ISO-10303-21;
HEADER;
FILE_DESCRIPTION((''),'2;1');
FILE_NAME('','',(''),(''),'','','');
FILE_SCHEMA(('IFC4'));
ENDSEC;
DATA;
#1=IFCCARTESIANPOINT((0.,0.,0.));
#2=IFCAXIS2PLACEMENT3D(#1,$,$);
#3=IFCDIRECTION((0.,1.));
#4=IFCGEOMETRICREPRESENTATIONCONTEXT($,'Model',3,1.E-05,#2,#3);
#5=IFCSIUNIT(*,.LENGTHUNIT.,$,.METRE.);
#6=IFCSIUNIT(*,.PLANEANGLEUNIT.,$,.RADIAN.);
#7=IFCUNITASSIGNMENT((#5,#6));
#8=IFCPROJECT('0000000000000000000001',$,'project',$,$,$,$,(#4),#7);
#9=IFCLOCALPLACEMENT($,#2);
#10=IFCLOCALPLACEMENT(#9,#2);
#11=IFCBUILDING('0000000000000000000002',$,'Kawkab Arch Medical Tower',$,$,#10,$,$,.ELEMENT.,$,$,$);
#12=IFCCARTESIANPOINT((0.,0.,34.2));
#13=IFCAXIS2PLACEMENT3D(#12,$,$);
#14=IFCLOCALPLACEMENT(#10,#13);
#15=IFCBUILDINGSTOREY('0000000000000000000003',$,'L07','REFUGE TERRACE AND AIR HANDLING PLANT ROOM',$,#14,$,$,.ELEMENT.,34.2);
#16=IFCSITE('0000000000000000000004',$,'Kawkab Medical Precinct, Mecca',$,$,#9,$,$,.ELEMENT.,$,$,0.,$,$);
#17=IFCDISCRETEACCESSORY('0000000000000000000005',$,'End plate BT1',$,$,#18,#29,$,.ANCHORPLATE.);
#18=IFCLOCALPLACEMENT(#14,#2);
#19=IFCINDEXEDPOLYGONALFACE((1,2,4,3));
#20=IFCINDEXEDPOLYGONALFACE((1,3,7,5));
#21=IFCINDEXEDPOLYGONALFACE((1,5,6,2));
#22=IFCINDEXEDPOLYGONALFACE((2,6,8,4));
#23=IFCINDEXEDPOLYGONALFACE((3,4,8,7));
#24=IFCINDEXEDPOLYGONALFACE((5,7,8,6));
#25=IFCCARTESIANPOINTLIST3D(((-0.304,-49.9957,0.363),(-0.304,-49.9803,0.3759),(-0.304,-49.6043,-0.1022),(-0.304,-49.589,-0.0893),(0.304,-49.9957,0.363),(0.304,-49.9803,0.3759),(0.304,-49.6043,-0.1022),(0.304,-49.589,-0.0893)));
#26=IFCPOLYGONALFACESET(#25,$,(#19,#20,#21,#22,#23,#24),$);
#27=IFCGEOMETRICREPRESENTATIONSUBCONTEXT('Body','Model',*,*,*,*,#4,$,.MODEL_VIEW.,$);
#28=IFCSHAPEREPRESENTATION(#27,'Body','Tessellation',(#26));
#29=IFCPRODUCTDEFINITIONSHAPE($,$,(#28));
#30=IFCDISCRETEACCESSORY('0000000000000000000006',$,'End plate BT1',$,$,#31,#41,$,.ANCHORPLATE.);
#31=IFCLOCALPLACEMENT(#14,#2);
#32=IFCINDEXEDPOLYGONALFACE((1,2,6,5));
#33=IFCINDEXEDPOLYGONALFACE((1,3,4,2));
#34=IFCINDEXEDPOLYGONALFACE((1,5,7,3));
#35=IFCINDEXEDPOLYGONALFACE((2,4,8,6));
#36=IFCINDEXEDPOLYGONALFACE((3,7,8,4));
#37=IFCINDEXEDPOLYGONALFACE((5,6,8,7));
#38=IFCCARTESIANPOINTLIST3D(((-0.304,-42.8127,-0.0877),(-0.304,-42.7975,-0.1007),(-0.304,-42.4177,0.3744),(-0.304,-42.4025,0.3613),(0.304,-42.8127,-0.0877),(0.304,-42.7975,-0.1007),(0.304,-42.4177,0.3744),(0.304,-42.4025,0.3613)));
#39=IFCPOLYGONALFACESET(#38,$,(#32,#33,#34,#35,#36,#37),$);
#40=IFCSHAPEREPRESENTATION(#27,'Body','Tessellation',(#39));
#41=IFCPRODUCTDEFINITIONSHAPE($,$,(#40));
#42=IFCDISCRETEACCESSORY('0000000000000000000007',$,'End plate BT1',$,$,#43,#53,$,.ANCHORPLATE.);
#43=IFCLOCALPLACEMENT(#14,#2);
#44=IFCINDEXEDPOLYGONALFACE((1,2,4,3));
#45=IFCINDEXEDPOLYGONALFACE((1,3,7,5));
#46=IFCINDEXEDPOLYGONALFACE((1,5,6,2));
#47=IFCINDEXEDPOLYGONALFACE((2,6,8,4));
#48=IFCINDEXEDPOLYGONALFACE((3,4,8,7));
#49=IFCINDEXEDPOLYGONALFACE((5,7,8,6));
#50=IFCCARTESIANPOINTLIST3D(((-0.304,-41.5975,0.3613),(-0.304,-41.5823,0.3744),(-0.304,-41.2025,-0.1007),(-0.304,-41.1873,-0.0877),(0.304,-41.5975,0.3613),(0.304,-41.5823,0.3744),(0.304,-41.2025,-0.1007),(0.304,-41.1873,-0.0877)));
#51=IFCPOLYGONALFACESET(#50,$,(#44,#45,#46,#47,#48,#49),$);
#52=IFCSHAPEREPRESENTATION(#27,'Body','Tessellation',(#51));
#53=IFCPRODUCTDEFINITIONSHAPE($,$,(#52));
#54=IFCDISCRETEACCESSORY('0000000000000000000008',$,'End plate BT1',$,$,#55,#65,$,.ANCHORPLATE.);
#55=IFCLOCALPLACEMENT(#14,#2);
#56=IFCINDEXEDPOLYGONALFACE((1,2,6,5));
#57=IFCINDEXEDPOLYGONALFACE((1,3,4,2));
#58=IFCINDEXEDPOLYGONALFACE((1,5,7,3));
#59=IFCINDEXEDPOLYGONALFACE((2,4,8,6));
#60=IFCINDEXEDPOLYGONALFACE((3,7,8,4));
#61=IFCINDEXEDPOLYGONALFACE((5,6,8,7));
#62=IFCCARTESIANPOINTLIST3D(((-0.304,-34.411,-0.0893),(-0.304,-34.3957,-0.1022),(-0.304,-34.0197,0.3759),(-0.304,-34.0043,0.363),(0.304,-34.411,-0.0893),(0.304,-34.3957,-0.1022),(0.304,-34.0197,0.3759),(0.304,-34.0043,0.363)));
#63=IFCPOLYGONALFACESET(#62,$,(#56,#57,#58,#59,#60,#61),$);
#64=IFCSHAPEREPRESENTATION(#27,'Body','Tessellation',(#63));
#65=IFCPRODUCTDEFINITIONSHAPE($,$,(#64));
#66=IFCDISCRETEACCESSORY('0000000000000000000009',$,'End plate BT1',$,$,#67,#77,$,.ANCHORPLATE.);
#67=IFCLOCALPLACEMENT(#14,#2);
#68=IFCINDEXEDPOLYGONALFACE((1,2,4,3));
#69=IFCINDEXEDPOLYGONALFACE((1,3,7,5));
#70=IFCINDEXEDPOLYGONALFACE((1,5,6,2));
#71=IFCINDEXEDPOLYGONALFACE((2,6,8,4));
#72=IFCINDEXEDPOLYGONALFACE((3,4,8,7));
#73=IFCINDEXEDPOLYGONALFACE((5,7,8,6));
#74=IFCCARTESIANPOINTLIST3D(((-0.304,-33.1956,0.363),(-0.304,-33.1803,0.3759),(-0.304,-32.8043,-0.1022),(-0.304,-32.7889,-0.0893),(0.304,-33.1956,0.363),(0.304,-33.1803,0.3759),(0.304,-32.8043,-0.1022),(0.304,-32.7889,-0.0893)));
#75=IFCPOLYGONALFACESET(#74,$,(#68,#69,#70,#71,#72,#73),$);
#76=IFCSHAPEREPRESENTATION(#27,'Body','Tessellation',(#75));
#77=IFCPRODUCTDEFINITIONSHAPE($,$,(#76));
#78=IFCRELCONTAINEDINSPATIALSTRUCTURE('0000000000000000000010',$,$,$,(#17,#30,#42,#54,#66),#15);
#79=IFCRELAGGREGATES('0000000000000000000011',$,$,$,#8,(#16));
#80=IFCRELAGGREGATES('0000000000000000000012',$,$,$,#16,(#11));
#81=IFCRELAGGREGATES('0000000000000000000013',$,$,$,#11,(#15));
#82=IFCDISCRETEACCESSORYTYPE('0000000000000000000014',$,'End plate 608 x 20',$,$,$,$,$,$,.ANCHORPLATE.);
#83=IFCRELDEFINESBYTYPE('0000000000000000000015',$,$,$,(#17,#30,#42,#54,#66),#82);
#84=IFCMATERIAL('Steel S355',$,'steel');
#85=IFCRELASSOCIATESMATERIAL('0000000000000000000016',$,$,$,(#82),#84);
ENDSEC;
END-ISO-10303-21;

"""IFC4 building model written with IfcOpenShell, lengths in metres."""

from ifc_helpers import new_model, si_unit, direction, frame, origin, origin_2d, place, context, subcontext, project, spatial, rectangle, extrude, material, material_profile, profile_set, type_object, element, save


model = new_model("IFC4")

# Units and contexts
model_context = context("Model", 3, precision=1e-05, world=origin(), true_north=direction((0.0, 1.0)))
body_context = subcontext(model_context, "Body", "Model", "MODEL_VIEW")
ifc_project = project(units=[si_unit("LENGTHUNIT", "METRE"), si_unit("PLANEANGLEUNIT", "RADIAN")], contexts=[model_context])

# Site, building, storey
site_placement = place(None, origin())
site = spatial("IfcSite", under=ifc_project, at=site_placement, Name="Kawkab Medical Precinct, Mecca", CompositionType="ELEMENT", RefElevation=0.0)
building_placement = place(site_placement, origin())
building = spatial("IfcBuilding", under=site, at=building_placement, Name="Kawkab Arch Medical Tower", CompositionType="ELEMENT")
storey_placement = place(building_placement, frame((0.0, 0.0, 34.2)))
storey = spatial("IfcBuildingStorey", under=building, at=storey_placement, Name="L07", Description="REFUGE TERRACE AND AIR HANDLING PLANT ROOM", CompositionType="ELEMENT", Elevation=34.2)

# Discrete accessories
ifc_material_1 = material(Name="Steel S355", Category="steel")
ifc_material_profile_1 = material_profile(ifc_material_1, rectangle(XDim=0.6079, YDim=0.6079, at=origin_2d()), Name="End plate 608 x 20")
ifc_profile_set_1 = profile_set([ifc_material_profile_1], Name="Steel S355")
discrete_accessory_type = type_object("IfcDiscreteAccessoryType", Name="End plate 608 x 20", PredefinedType="ANCHORPLATE", material=ifc_profile_set_1)
for number, where, z_axis, x_axis, name in (
    (1, (0.0, -49.7847, 0.1433), (0.0, -0.765226, -0.643762), (1.0, 0.0, 0.0), "End plate BT1"),
    (2, (0.0, -42.6152, 0.1433), (0.0, 0.760121, -0.649781), (-1.0, 0.0, 0.0), "End plate BT1"),
    (3, (0.0, -41.3848, 0.1433), (0.0, -0.760121, -0.649781), (1.0, 0.0, 0.0), "End plate BT1"),
    (4, (0.0, -34.2153, 0.1433), (0.0, 0.765226, -0.643762), (-1.0, 0.0, 0.0), "End plate BT1"),
    (5, (0.0, -32.9846, 0.1433), (0.0, -0.765226, -0.643762), (1.0, 0.0, 0.0), "End plate BT1"),
):
    element("IfcDiscreteAccessory", number, at=place(storey_placement, frame(where, z_axis=z_axis, x_axis=x_axis)), inside=storey, type_object=discrete_accessory_type, Name=name, PredefinedType="ANCHORPLATE", context=body_context, shape_type="SweptSolid", body=[
        extrude(rectangle(XDim=0.6079, YDim=0.6079, at=origin_2d()), origin(), (0.0, 0.0, 1.0), 0.02),
    ])

save(model, "model.ifc")
